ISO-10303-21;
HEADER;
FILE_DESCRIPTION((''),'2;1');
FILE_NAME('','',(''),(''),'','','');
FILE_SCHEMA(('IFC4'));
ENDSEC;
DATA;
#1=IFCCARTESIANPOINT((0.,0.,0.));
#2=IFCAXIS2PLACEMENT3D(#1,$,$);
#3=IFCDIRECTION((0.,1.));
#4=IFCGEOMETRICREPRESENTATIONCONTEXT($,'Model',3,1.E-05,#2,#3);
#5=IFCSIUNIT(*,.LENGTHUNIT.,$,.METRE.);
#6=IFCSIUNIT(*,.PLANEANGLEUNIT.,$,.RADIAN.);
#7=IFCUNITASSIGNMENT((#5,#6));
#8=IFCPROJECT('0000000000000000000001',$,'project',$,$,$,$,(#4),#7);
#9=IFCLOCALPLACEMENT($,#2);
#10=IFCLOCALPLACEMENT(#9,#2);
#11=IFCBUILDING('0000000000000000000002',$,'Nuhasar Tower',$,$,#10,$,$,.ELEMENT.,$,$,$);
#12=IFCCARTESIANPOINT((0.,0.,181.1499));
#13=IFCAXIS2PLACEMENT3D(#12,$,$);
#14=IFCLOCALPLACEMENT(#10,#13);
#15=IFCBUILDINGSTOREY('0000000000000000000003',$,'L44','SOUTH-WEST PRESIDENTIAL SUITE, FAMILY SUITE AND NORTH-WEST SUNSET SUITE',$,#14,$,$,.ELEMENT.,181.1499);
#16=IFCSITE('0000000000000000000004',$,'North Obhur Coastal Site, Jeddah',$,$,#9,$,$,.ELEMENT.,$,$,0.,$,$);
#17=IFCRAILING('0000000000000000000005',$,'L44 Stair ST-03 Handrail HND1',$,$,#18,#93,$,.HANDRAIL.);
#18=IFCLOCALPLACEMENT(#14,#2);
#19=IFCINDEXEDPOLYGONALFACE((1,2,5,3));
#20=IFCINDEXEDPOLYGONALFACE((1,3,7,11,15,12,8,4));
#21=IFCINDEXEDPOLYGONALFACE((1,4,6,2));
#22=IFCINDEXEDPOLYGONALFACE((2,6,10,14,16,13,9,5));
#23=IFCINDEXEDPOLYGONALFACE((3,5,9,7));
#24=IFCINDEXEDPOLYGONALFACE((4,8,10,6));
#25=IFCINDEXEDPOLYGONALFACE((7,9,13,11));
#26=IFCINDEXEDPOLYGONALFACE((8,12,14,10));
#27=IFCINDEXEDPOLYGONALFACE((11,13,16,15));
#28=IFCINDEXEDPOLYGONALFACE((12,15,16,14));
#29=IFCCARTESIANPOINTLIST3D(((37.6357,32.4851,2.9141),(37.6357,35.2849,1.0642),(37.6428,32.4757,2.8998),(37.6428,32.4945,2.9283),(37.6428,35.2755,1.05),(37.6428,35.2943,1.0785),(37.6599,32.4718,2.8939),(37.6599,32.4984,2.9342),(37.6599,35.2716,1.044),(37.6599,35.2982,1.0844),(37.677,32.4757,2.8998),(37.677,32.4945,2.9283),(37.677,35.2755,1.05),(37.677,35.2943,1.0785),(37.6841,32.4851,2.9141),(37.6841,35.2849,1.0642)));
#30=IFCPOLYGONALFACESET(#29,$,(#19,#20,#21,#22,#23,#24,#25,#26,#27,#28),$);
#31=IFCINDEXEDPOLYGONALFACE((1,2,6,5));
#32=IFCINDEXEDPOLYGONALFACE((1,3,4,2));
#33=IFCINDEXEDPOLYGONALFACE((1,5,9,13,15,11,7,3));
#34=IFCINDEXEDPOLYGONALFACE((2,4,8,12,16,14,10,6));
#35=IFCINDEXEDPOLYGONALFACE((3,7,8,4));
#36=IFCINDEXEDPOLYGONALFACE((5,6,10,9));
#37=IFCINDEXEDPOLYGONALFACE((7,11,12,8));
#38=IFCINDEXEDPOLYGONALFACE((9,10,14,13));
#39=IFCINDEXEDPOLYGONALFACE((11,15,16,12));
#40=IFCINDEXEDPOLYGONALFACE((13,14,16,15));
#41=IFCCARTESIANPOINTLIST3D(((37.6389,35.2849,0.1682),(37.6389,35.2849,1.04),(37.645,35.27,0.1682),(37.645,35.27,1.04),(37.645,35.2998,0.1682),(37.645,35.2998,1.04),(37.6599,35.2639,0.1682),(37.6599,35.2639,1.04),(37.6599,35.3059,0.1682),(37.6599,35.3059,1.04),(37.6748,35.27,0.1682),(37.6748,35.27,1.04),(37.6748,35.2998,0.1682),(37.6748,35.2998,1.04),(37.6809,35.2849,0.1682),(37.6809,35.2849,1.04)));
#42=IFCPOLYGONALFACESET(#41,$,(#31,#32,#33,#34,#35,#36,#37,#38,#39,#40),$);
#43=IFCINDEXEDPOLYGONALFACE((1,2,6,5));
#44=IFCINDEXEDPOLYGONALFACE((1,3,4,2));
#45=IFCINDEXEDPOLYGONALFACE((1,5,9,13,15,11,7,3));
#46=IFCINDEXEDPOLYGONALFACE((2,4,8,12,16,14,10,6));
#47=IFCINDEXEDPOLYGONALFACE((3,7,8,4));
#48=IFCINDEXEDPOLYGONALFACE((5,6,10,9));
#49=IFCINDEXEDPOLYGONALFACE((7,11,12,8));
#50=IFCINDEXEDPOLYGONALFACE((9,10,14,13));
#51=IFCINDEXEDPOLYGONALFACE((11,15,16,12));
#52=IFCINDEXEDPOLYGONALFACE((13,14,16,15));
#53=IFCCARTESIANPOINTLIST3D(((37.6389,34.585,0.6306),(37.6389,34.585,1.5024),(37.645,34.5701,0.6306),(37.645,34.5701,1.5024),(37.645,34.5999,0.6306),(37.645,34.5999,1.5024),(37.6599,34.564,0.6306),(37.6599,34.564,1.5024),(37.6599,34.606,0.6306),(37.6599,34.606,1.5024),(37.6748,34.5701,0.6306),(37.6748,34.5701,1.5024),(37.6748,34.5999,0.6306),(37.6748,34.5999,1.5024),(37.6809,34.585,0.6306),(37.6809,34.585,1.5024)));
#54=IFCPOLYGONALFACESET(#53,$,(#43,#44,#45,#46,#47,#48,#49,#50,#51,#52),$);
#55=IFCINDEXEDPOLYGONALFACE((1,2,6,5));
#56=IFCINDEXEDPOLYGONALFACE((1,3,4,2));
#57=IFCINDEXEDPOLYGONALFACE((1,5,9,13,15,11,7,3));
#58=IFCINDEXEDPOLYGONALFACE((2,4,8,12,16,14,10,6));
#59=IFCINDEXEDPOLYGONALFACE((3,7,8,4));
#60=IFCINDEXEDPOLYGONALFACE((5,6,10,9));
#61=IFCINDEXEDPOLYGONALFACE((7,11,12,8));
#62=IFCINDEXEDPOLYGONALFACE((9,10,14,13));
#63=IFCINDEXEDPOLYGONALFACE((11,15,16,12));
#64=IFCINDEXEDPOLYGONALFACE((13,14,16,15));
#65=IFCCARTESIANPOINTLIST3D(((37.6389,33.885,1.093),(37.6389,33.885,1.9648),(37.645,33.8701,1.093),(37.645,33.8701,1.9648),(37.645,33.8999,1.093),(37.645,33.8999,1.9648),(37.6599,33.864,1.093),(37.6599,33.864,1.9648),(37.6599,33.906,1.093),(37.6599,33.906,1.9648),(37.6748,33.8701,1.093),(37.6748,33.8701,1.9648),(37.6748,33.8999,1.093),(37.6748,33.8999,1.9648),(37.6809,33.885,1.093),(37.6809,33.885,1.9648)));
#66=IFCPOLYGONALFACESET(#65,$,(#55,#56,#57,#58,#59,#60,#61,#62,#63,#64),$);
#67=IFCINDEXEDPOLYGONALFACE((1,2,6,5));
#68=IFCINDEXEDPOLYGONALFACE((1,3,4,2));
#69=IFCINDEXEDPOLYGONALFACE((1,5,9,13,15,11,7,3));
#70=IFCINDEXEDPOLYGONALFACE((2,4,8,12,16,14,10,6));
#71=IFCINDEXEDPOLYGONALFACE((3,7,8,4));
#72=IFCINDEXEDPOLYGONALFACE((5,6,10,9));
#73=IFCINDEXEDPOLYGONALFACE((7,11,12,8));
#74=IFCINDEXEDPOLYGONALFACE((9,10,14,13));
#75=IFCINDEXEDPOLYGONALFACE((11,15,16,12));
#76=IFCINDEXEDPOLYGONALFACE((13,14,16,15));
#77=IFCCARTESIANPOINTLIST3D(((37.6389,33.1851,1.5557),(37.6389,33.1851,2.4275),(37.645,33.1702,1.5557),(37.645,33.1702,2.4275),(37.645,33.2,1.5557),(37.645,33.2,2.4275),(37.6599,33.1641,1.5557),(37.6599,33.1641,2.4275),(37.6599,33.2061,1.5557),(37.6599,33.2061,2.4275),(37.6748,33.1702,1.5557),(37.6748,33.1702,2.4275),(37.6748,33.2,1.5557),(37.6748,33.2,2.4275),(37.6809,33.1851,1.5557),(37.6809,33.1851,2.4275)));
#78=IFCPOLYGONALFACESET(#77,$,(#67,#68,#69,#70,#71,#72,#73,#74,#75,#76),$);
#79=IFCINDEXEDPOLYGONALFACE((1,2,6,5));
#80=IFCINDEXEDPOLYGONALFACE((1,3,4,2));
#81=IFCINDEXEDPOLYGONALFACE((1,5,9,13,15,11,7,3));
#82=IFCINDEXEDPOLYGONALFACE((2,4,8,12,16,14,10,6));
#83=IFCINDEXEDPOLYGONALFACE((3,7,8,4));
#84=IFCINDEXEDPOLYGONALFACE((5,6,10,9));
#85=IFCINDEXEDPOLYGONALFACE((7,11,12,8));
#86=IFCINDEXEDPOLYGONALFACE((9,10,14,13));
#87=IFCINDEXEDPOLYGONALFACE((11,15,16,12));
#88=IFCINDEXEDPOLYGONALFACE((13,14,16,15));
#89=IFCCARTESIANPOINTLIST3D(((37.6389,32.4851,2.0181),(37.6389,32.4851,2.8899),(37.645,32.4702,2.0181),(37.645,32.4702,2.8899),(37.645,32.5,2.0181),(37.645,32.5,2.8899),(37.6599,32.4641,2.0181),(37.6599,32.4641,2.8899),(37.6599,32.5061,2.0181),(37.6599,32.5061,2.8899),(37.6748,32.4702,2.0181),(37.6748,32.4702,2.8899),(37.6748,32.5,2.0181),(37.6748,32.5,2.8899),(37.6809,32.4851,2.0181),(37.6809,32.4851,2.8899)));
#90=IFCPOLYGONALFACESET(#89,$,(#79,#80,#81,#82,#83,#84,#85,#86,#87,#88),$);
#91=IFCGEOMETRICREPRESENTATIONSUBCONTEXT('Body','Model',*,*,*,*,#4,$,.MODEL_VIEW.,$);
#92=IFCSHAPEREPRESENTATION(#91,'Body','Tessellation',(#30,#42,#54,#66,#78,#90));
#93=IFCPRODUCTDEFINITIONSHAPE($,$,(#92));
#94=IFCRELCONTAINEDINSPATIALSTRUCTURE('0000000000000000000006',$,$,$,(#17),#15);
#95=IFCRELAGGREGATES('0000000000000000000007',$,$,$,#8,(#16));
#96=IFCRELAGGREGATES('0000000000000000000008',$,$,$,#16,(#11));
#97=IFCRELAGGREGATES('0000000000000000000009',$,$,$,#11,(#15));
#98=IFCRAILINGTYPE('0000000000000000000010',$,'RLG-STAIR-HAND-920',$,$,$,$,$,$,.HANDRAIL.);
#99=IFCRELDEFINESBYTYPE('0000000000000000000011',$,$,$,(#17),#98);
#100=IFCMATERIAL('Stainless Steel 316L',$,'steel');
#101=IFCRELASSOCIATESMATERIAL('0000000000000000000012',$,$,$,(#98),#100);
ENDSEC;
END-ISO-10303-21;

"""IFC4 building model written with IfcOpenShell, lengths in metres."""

from ifc_helpers import new_model, si_unit, direction, frame, origin, place, context, subcontext, project, spatial, polyline, outline, extrude, material, type_object, element, save


model = new_model("IFC4")

# Units and contexts
model_context = context("Model", 3, precision=1e-05, world=origin(), true_north=direction((0.0, 1.0)))
body_context = subcontext(model_context, "Body", "Model", "MODEL_VIEW")
ifc_project = project(units=[si_unit("LENGTHUNIT", "METRE"), si_unit("PLANEANGLEUNIT", "RADIAN")], contexts=[model_context])

# Site, building, storey
site_placement = place(None, origin())
site = spatial("IfcSite", under=ifc_project, at=site_placement, Name="North Obhur Coastal Site, Jeddah", CompositionType="ELEMENT", RefElevation=0.0)
building_placement = place(site_placement, origin())
building = spatial("IfcBuilding", under=site, at=building_placement, Name="Nuhasar Tower", CompositionType="ELEMENT")
storey_placement = place(building_placement, frame((0.0, 0.0, 181.1499)))
storey = spatial("IfcBuildingStorey", under=building, at=storey_placement, Name="L44", Description="SOUTH-WEST PRESIDENTIAL SUITE, FAMILY SUITE AND NORTH-WEST SUNSET SUITE", CompositionType="ELEMENT", Elevation=181.1499)

# Railing
ifc_material_1 = material(Name="Stainless Steel 316L", Category="steel")
railing_type_1 = type_object("IfcRailingType", Name="RLG-STAIR-HAND-920", PredefinedType="HANDRAIL", material=ifc_material_1)
railing_1_placement = place(storey_placement, frame((37.6599, 35.2849, 0.1682)))
element("IfcRailing", 1, at=railing_1_placement, inside=storey, type_object=railing_type_1, Name="L44 Stair ST-03 Handrail HND1", PredefinedType="HANDRAIL", context=body_context, shape_type="SweptSolid", body=[
    extrude(outline(polyline([(0.0242, 0.0), (0.0171, 0.0171), (0.0, 0.0242), (-0.0171, 0.0171), (-0.0242, 0.0), (-0.0171, -0.0171), (0.0, -0.0242), (0.0171, -0.0171), (0.0242, 0.0)])), frame((0.0, 0.0, 0.896), z_axis=(0.0, -0.834338, 0.551254), x_axis=(1.0, 0.0, 0.0)), (0.0, 0.0, 1.0), 3.3557),
    extrude(outline(polyline([(0.021, 0.0), (0.0149, 0.0149), (0.0, 0.021), (-0.0149, 0.0149), (-0.021, 0.0), (-0.0149, -0.0149), (0.0, -0.021), (0.0149, -0.0149), (0.021, 0.0)])), origin(), (0.0, 0.0, 1.0), 0.8718),
    extrude(outline(polyline([(0.021, 0.0), (0.0149, 0.0149), (0.0, 0.021), (-0.0149, 0.0149), (-0.021, 0.0), (-0.0149, -0.0149), (0.0, -0.021), (0.0149, -0.0149), (0.021, 0.0)])), frame((0.0, -0.7, 0.4624)), (0.0, 0.0, 1.0), 0.8718),
    extrude(outline(polyline([(0.021, 0.0), (0.0149, 0.0149), (0.0, 0.021), (-0.0149, 0.0149), (-0.021, 0.0), (-0.0149, -0.0149), (0.0, -0.021), (0.0149, -0.0149), (0.021, 0.0)])), frame((0.0, -1.3999, 0.9248)), (0.0, 0.0, 1.0), 0.8718),
    extrude(outline(polyline([(0.021, 0.0), (0.0149, 0.0149), (0.0, 0.021), (-0.0149, 0.0149), (-0.021, 0.0), (-0.0149, -0.0149), (0.0, -0.021), (0.0149, -0.0149), (0.021, 0.0)])), frame((0.0, -2.0999, 1.3875)), (0.0, 0.0, 1.0), 0.8718),
    extrude(outline(polyline([(0.021, 0.0), (0.0149, 0.0149), (0.0, 0.021), (-0.0149, 0.0149), (-0.021, 0.0), (-0.0149, -0.0149), (0.0, -0.021), (0.0149, -0.0149), (0.021, 0.0)])), frame((0.0, -2.7998, 1.8499)), (0.0, 0.0, 1.0), 0.8718),
])

save(model, "model.ifc")
